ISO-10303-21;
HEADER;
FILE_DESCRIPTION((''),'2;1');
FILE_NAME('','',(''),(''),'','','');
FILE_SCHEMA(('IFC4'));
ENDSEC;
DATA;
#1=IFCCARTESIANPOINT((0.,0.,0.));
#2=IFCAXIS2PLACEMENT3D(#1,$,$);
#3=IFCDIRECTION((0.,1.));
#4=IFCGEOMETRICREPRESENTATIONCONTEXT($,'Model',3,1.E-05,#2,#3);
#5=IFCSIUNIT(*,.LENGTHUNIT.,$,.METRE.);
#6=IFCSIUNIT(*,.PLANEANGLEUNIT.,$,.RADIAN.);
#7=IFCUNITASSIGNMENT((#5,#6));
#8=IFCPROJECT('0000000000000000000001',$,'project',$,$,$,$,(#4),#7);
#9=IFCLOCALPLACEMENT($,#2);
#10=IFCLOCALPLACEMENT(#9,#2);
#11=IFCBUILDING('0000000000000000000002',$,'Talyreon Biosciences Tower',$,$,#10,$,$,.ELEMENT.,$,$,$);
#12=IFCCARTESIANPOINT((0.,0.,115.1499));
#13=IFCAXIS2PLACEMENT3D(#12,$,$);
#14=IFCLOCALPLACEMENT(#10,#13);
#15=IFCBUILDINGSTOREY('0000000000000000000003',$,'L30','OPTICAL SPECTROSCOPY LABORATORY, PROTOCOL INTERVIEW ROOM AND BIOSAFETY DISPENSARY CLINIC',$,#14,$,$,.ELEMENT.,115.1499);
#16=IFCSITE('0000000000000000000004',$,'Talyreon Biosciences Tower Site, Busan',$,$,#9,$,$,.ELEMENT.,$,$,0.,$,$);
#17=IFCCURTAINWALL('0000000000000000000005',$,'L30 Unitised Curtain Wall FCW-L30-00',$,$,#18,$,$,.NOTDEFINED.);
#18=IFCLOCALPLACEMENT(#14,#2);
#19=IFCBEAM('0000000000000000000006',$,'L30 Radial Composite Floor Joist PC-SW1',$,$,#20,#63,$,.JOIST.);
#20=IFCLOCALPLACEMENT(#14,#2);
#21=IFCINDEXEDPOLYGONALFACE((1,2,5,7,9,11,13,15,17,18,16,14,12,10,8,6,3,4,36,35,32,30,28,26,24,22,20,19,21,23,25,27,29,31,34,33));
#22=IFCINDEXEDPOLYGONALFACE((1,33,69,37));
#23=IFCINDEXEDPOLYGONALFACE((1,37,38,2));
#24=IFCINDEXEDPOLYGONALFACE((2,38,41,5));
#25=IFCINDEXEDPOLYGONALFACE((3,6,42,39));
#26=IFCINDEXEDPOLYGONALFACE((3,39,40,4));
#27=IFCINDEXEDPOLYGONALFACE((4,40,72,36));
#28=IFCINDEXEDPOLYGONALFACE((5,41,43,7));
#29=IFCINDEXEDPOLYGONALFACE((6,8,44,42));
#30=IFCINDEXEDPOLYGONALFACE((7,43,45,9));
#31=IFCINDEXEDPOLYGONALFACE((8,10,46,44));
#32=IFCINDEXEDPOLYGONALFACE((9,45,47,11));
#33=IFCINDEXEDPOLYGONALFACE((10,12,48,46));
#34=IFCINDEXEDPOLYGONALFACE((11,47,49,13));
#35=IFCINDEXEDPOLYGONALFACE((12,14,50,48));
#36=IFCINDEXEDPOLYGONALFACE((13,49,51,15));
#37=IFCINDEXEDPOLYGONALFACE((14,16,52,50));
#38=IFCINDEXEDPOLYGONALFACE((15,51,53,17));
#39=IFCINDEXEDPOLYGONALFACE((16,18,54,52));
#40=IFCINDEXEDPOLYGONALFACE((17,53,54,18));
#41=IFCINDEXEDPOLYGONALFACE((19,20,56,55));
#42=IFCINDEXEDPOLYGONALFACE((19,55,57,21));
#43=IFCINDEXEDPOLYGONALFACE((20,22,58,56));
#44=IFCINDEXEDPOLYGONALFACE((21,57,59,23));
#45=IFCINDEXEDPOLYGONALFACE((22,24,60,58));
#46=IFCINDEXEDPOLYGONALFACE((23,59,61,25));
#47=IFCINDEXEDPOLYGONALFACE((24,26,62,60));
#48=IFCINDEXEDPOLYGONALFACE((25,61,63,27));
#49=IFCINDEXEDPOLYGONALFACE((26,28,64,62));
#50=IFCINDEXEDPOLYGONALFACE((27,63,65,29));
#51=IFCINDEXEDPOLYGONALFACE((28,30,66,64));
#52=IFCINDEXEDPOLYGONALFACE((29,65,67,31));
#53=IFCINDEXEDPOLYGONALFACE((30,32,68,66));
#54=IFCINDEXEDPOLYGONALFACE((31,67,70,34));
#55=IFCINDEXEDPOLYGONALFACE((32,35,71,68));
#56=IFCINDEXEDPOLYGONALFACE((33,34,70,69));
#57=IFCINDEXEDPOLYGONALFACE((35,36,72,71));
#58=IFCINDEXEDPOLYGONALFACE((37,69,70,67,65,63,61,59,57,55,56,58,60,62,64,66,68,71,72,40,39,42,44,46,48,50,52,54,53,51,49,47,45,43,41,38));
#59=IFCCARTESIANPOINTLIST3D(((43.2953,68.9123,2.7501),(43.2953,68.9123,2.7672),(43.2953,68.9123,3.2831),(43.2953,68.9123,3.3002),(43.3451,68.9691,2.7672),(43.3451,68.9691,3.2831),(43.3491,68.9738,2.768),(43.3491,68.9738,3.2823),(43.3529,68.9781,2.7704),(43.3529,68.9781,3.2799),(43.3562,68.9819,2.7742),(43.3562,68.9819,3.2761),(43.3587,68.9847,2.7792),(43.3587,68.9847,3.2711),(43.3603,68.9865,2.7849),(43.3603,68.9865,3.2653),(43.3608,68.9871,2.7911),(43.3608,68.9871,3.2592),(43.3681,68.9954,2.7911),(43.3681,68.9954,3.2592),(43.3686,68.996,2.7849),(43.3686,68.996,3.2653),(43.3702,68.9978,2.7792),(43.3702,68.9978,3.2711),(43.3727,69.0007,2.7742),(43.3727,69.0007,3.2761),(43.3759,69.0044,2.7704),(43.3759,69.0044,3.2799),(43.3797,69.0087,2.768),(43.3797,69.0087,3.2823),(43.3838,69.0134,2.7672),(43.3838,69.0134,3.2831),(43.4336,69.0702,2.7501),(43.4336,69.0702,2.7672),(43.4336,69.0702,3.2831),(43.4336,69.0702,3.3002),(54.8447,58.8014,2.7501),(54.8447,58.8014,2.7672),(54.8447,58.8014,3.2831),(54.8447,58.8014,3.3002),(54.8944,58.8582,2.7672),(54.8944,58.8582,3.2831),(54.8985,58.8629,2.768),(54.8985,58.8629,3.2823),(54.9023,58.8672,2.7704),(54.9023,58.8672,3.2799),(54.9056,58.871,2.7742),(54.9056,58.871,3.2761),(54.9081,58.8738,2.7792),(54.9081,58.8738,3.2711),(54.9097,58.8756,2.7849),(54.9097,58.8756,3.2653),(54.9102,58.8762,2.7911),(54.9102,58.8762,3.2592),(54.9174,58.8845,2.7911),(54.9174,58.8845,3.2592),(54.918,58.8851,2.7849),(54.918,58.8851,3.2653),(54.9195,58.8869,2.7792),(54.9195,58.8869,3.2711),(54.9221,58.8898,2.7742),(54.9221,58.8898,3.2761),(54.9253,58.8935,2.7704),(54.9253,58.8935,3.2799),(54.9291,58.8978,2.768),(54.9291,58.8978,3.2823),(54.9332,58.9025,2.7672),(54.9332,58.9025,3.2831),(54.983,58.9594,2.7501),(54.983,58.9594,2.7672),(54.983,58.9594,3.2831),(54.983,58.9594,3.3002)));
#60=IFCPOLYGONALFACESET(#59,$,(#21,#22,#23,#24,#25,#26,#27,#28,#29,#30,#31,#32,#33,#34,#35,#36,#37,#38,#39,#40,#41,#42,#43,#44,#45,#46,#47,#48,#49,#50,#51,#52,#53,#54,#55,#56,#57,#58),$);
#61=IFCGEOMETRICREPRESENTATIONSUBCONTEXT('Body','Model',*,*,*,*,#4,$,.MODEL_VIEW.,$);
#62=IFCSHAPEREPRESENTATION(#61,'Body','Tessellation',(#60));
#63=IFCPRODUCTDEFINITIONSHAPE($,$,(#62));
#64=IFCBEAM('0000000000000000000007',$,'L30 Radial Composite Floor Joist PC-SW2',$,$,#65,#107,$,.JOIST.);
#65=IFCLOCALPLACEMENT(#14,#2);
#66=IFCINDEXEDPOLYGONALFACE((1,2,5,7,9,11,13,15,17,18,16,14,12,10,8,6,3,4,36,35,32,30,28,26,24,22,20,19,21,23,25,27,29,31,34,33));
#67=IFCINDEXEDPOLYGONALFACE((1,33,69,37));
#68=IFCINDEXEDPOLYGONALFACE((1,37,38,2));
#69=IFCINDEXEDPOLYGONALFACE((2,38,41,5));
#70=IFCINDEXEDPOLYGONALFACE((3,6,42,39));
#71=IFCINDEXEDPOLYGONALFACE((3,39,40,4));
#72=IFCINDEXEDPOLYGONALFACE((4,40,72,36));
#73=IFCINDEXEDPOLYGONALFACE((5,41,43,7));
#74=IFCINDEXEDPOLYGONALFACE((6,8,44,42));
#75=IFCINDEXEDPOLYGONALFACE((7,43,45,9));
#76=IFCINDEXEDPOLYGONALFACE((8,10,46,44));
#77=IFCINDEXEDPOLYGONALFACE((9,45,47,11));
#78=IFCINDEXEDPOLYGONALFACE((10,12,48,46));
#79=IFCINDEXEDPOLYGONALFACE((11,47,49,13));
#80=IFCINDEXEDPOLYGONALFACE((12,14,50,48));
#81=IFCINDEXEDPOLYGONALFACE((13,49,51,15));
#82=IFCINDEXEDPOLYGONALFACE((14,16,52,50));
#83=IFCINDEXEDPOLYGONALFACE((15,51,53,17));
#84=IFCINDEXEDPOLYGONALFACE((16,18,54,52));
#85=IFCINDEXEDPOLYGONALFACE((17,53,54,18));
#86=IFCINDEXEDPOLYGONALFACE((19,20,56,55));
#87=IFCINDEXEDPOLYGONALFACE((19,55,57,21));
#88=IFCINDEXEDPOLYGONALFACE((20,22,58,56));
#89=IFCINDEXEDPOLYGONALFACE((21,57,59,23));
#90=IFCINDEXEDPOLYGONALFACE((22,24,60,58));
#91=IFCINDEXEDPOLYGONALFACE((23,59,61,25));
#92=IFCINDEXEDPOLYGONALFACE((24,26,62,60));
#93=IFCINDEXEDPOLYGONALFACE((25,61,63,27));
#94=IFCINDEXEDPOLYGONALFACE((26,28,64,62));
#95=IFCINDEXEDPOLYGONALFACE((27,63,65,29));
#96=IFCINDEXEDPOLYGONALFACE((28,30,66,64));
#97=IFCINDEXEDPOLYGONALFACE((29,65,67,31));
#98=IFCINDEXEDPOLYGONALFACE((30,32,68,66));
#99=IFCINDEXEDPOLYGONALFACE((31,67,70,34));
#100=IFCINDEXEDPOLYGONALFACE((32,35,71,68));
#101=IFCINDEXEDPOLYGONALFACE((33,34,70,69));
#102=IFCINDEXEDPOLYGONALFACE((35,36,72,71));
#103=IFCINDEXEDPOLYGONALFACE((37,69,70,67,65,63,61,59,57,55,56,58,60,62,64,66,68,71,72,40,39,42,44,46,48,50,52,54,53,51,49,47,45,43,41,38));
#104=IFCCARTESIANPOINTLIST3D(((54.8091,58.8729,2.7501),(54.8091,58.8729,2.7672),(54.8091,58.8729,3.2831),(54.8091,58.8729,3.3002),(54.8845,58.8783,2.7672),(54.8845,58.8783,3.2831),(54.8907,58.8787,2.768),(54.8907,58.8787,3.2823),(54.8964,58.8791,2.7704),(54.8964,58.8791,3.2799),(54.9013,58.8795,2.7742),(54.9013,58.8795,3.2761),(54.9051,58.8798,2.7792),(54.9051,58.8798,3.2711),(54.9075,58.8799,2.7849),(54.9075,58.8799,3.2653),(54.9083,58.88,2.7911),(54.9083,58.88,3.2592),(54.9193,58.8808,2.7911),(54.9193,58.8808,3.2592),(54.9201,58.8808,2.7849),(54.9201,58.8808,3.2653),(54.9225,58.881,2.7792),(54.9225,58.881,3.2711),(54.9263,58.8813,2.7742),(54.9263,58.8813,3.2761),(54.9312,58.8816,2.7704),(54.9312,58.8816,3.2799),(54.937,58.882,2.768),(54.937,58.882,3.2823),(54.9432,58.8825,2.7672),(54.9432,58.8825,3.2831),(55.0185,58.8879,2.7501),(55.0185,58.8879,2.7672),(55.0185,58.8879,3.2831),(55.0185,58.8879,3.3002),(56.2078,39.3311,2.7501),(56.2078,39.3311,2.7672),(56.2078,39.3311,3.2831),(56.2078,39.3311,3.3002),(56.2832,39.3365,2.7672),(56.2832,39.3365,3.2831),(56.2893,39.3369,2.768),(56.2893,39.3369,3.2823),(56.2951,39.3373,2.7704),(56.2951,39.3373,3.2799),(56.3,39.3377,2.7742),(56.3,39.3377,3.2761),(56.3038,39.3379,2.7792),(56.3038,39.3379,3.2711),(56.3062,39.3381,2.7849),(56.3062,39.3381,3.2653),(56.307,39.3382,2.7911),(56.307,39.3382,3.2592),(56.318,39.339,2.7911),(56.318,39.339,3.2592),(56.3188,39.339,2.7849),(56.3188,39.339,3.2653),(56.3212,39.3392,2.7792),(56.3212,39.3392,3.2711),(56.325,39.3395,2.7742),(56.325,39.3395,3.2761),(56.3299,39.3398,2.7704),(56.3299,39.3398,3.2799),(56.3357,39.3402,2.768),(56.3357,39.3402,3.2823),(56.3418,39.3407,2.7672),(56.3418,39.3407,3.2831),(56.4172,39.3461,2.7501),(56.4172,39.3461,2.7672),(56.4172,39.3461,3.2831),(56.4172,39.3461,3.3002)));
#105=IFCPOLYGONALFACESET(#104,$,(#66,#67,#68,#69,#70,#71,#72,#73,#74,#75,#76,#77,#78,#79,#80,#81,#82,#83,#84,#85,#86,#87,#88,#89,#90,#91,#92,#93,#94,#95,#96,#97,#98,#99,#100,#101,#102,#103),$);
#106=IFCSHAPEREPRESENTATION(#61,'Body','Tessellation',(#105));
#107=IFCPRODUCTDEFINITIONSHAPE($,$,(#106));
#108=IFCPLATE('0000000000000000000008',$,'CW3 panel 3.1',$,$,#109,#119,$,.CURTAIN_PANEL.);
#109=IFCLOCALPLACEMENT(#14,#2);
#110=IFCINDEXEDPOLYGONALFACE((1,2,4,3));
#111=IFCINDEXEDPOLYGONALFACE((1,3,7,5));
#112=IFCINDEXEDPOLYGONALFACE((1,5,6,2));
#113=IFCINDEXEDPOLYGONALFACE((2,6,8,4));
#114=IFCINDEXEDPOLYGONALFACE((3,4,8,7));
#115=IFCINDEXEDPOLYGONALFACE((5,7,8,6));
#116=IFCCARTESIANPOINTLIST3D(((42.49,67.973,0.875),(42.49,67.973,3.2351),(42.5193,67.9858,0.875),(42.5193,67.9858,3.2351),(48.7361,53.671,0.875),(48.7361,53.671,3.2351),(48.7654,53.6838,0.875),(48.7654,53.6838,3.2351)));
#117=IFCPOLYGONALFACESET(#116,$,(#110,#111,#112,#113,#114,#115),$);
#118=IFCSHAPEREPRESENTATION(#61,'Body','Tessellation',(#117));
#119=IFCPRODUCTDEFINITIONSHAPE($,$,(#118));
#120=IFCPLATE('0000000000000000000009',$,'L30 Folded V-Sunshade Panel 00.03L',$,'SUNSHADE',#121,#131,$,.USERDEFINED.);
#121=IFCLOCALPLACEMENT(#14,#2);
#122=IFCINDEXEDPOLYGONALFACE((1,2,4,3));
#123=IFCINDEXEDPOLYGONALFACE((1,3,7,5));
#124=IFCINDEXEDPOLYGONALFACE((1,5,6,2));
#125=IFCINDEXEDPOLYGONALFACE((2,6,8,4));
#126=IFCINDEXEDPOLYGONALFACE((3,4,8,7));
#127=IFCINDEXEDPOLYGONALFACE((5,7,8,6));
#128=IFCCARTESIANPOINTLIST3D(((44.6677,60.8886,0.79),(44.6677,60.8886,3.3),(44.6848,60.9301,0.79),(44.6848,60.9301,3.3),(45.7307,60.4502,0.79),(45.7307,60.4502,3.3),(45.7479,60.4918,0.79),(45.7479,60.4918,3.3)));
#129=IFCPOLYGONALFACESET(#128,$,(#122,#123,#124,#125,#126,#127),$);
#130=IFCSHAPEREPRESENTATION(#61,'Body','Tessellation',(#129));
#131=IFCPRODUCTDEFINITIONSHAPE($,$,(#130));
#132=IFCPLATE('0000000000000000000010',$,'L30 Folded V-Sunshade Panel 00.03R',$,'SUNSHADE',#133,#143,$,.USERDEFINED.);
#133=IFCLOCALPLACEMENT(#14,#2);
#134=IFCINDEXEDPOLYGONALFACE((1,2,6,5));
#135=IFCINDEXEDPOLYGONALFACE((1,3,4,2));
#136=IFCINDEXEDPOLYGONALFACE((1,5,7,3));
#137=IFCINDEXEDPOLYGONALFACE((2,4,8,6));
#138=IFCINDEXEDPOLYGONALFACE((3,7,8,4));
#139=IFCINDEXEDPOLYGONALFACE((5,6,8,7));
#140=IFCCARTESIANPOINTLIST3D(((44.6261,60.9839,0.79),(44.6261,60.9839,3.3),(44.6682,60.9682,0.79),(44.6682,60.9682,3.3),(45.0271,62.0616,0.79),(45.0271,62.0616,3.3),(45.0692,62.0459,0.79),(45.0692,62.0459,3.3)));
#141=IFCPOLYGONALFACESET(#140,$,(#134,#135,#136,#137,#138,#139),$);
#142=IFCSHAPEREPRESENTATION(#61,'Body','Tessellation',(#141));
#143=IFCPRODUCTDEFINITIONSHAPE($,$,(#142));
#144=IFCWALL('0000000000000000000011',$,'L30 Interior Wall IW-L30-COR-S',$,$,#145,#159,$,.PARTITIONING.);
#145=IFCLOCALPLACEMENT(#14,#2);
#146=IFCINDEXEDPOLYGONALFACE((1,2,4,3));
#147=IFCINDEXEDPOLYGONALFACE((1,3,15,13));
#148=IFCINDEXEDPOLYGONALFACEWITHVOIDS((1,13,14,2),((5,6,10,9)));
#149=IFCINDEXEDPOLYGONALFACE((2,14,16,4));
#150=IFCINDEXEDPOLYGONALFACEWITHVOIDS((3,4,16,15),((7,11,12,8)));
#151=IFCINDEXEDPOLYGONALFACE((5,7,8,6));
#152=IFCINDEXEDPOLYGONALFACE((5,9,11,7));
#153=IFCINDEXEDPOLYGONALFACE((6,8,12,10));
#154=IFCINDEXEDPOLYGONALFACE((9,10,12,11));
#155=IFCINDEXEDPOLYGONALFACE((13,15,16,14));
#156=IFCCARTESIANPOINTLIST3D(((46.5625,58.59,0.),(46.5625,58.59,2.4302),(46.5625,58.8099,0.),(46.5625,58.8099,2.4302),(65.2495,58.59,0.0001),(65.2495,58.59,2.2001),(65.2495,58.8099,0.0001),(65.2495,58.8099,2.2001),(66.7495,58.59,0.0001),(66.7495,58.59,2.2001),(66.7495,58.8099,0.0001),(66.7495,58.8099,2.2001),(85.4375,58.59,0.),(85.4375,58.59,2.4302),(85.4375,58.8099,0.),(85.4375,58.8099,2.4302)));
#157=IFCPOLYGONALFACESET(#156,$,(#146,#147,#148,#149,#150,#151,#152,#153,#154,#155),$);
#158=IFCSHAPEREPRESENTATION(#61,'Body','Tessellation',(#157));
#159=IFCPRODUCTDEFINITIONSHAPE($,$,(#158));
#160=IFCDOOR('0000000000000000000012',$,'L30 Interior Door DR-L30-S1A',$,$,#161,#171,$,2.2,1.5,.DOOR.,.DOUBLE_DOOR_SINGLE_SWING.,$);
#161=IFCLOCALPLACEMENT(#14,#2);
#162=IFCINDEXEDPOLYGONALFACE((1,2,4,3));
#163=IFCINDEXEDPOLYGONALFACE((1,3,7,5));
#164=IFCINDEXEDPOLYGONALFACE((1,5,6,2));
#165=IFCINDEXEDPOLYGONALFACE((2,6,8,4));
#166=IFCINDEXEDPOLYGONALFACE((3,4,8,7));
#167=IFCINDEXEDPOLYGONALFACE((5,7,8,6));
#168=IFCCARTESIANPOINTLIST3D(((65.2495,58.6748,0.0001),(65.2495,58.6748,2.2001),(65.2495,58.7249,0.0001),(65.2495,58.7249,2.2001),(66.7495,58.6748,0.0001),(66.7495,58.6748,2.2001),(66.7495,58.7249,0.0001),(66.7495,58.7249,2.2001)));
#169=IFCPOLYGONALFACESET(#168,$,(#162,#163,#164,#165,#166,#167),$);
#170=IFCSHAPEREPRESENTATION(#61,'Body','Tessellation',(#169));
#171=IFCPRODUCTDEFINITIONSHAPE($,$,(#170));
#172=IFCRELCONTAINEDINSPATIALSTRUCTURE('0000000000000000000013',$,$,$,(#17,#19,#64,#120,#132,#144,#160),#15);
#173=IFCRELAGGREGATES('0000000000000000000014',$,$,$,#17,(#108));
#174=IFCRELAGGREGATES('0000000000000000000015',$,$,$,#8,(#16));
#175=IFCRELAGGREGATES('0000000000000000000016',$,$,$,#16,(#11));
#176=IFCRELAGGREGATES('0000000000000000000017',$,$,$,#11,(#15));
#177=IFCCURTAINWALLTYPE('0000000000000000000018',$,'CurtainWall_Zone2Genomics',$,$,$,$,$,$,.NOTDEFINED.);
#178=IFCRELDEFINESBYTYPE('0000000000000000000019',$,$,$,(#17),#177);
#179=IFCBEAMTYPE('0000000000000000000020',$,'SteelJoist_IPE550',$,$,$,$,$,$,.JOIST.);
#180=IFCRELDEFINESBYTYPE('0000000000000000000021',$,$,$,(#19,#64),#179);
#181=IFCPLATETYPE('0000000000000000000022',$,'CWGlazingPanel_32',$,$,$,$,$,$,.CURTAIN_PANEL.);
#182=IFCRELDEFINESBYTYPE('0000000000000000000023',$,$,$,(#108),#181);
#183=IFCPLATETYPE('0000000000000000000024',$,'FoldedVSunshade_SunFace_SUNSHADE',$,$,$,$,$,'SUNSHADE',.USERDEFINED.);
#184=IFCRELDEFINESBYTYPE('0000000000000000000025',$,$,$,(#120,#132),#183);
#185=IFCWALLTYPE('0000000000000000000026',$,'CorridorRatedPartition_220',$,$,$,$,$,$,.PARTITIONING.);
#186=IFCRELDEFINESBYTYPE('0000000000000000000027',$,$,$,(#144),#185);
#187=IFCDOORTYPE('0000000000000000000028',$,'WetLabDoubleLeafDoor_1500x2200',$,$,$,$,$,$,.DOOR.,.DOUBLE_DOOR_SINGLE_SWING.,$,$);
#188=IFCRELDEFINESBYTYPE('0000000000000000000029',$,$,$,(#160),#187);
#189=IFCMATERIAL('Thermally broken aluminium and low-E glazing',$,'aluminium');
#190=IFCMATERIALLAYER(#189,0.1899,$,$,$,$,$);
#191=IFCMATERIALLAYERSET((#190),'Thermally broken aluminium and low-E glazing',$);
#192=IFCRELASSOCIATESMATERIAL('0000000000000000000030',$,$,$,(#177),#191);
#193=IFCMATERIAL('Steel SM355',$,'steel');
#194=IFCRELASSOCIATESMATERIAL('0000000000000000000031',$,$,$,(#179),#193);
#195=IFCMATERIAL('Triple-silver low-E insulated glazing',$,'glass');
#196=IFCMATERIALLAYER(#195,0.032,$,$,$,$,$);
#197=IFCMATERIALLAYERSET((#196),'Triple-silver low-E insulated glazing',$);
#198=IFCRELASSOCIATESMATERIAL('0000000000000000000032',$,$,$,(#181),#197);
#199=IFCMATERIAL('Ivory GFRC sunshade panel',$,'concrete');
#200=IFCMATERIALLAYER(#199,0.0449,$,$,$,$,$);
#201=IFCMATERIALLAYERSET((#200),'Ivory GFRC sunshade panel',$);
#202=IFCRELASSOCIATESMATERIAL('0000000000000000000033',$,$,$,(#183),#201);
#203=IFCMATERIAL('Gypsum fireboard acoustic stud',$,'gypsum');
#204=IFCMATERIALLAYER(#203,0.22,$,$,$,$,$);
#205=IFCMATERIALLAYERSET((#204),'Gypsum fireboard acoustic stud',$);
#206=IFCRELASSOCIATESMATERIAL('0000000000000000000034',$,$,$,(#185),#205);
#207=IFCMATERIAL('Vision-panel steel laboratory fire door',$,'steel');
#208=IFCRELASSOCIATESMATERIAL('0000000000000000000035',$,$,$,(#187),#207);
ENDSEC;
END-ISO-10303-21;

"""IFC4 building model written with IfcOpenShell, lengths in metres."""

from ifc_helpers import new_model, si_unit, direction, frame, frame_2d, origin, origin_2d, place, context, subcontext, project, spatial, rectangle, i_section, extrude, material, layer, layer_set, material_profile, profile_set, type_object, element, fill, aggregate, save


model = new_model("IFC4")

# Units and contexts
model_context = context("Model", 3, precision=1e-05, world=origin(), true_north=direction((0.0, 1.0)))
body_context = subcontext(model_context, "Body", "Model", "MODEL_VIEW")
ifc_project = project(units=[si_unit("LENGTHUNIT", "METRE"), si_unit("PLANEANGLEUNIT", "RADIAN")], contexts=[model_context])

# Site, building, storey
site_placement = place(None, origin())
site = spatial("IfcSite", under=ifc_project, at=site_placement, Name="Talyreon Biosciences Tower Site, Busan", CompositionType="ELEMENT", RefElevation=0.0)
building_placement = place(site_placement, origin())
building = spatial("IfcBuilding", under=site, at=building_placement, Name="Talyreon Biosciences Tower", CompositionType="ELEMENT")
storey_placement = place(building_placement, frame((0.0, 0.0, 115.1499)))
storey = spatial("IfcBuildingStorey", under=building, at=storey_placement, Name="L30", Description="OPTICAL SPECTROSCOPY LABORATORY, PROTOCOL INTERVIEW ROOM AND BIOSAFETY DISPENSARY CLINIC", CompositionType="ELEMENT", Elevation=115.1499)

# Curtain wall
ifc_material_1 = material(Name="Thermally broken aluminium and low-E glazing", Category="aluminium")
ifc_layer_1 = layer(ifc_material_1, 0.1899)
ifc_layer_set_1 = layer_set([ifc_layer_1], Name="Thermally broken aluminium and low-E glazing")
curtain_wall_type = type_object("IfcCurtainWallType", Name="CurtainWall_Zone2Genomics", PredefinedType="NOTDEFINED", material=ifc_layer_set_1)
curtain_wall_placement = place(storey_placement, origin())
curtain_wall = element("IfcCurtainWall", 1, at=curtain_wall_placement, inside=storey, type_object=curtain_wall_type, Name="L30 Unitised Curtain Wall FCW-L30-00", PredefinedType="NOTDEFINED")

# Beams
ifc_material_2 = material(Name="Steel SM355", Category="steel")
ifc_material_profile_1 = material_profile(ifc_material_2, i_section(OverallWidth=0.21, OverallDepth=0.55, WebThickness=0.011, FlangeThickness=0.0171, FilletRadius=0.0239, at=origin_2d()), Name="IPE550")
ifc_profile_set_1 = profile_set([ifc_material_profile_1], Name="Steel SM355")
beam_type_1 = type_object("IfcBeamType", Name="SteelJoist_IPE550", PredefinedType="JOIST", material=ifc_profile_set_1)
beam_1_placement = place(storey_placement, frame((54.9138, 58.8804, 3.0251), z_axis=(-0.752409, 0.658696, 0.0), x_axis=(-0.658696, -0.752409, 0.0)))
element("IfcBeam", 2, at=beam_1_placement, inside=storey, type_object=beam_type_1, Name="L30 Radial Composite Floor Joist PC-SW1", PredefinedType="JOIST", context=body_context, shape_type="SweptSolid", body=[
    extrude(i_section(OverallWidth=0.21, OverallDepth=0.55, WebThickness=0.011, FlangeThickness=0.0171, FilletRadius=0.0239, at=origin_2d()), origin(), (0.0, 0.0, 1.0), 15.3499),
])
beam_2_placement = place(storey_placement, frame((54.9138, 58.8804, 3.0251), z_axis=(0.071391, -0.997448, 0.0), x_axis=(0.997448, 0.071391, 0.0)))
element("IfcBeam", 3, at=beam_2_placement, inside=storey, type_object=beam_type_1, Name="L30 Radial Composite Floor Joist PC-SW2", PredefinedType="JOIST", context=body_context, shape_type="SweptSolid", body=[
    extrude(i_section(OverallWidth=0.21, OverallDepth=0.55, WebThickness=0.011, FlangeThickness=0.0171, FilletRadius=0.0239, at=origin_2d()), origin(), (0.0, 0.0, 1.0), 19.5918),
])

# Plate
ifc_material_3 = material(Name="Triple-silver low-E insulated glazing", Category="glass")
ifc_layer_2 = layer(ifc_material_3, 0.032)
ifc_layer_set_2 = layer_set([ifc_layer_2], Name="Triple-silver low-E insulated glazing")
plate_type_1 = type_object("IfcPlateType", Name="CWGlazingPanel_32", PredefinedType="CURTAIN_PANEL", material=ifc_layer_set_2)
plate_placement = place(storey_placement, frame((45.6277, 60.8284, 0.875), z_axis=(0.0, 0.0, 1.0), x_axis=(-0.400226, 0.916416, 0.0)))
plate = element("IfcPlate", 4, at=plate_placement, type_object=plate_type_1, Name="CW3 panel 3.1", PredefinedType="CURTAIN_PANEL", context=body_context, shape_type="SweptSolid", body=[
    extrude(rectangle(XDim=15.6064, YDim=0.032, at=origin_2d()), origin(), (0.0, 0.0, 1.0), 2.3601),
])
aggregate(curtain_wall, [plate])

# Plates
ifc_material_4 = material(Name="Ivory GFRC sunshade panel", Category="concrete")
ifc_layer_3 = layer(ifc_material_4, 0.0449)
ifc_layer_set_3 = layer_set([ifc_layer_3], Name="Ivory GFRC sunshade panel")
plate_type_2 = type_object("IfcPlateType", Name="FoldedVSunshade_SunFace_SUNSHADE", ElementType="SUNSHADE", PredefinedType="USERDEFINED", material=ifc_layer_set_3)
for number, where, z_axis, x_axis, name in (
    (5, (45.2078, 60.6902, 0.79), (0.0, 0.0, 1.0), (-0.924493, 0.381199, 0.0), "L30 Folded V-Sunshade Panel 00.03L"),
    (6, (44.8477, 61.5149, 0.79), (0.0, 0.0, 1.0), (0.348703, 0.937233, 0.0), "L30 Folded V-Sunshade Panel 00.03R"),
):
    element("IfcPlate", number, at=place(storey_placement, frame(where, z_axis=z_axis, x_axis=x_axis)), inside=storey, type_object=plate_type_2, Name=name, ObjectType="SUNSHADE", PredefinedType="USERDEFINED", context=body_context, shape_type="SweptSolid", body=[
        extrude(rectangle(XDim=1.1499, YDim=0.0449, at=origin_2d()), origin(), (0.0, 0.0, 1.0), 2.51),
    ])

# Wall, opening, door
ifc_material_5 = material(Name="Gypsum fireboard acoustic stud", Category="gypsum")
ifc_layer_4 = layer(ifc_material_5, 0.22)
ifc_layer_set_4 = layer_set([ifc_layer_4], Name="Gypsum fireboard acoustic stud")
wall_type = type_object("IfcWallType", Name="CorridorRatedPartition_220", PredefinedType="PARTITIONING", material=ifc_layer_set_4)
wall_placement = place(storey_placement, frame((46.5625, 58.7, 0.0), z_axis=(0.0, 0.0, 1.0), x_axis=(1.0, 0.0, 0.0)))
wall = element("IfcWall", 7, at=wall_placement, inside=storey, type_object=wall_type, Name="L30 Interior Wall IW-L30-COR-S", PredefinedType="PARTITIONING", context=body_context, shape_type="SweptSolid", body=[
    extrude(rectangle(XDim=38.875, YDim=0.22, at=frame_2d((19.4375, 0.0))), origin(), (0.0, 0.0, 1.0), 2.4302),
])
opening_placement = place(wall_placement, frame((18.687, 0.0, 0.0)))
opening = element("IfcOpeningElement", 8, at=opening_placement, cuts=wall, PredefinedType="OPENING", context=body_context, shape_type="SweptSolid", body=[
    extrude(rectangle(XDim=1.5, YDim=2.2, at=frame_2d((0.75, 1.1001))), frame((0.0, 0.1199, 0.0), z_axis=(0.0, -1.0, 0.0), x_axis=(1.0, 0.0, 0.0)), (0.0, 0.0, 1.0), 0.24),
])
ifc_material_6 = material(Name="Vision-panel steel laboratory fire door", Category="steel")
door_type = type_object("IfcDoorType", Name="WetLabDoubleLeafDoor_1500x2200", OperationType="DOUBLE_DOOR_SINGLE_SWING", PredefinedType="DOOR", material=ifc_material_6)
door_placement = place(opening_placement, origin())
door = element("IfcDoor", 9, at=door_placement, inside=storey, type_object=door_type, Name="L30 Interior Door DR-L30-S1A", OperationType="DOUBLE_DOOR_SINGLE_SWING", OverallHeight=2.2, OverallWidth=1.5, PredefinedType="DOOR", context=body_context, shape_type="SweptSolid", body=[
    extrude(rectangle(XDim=1.5, YDim=2.2, at=frame_2d((0.75, 1.1001))), frame((0.0, 0.0249, 0.0), z_axis=(0.0, -1.0, 0.0), x_axis=(1.0, 0.0, 0.0)), (0.0, 0.0, 1.0), 0.05),
])
fill(opening, door)

save(model, "model.ifc")
